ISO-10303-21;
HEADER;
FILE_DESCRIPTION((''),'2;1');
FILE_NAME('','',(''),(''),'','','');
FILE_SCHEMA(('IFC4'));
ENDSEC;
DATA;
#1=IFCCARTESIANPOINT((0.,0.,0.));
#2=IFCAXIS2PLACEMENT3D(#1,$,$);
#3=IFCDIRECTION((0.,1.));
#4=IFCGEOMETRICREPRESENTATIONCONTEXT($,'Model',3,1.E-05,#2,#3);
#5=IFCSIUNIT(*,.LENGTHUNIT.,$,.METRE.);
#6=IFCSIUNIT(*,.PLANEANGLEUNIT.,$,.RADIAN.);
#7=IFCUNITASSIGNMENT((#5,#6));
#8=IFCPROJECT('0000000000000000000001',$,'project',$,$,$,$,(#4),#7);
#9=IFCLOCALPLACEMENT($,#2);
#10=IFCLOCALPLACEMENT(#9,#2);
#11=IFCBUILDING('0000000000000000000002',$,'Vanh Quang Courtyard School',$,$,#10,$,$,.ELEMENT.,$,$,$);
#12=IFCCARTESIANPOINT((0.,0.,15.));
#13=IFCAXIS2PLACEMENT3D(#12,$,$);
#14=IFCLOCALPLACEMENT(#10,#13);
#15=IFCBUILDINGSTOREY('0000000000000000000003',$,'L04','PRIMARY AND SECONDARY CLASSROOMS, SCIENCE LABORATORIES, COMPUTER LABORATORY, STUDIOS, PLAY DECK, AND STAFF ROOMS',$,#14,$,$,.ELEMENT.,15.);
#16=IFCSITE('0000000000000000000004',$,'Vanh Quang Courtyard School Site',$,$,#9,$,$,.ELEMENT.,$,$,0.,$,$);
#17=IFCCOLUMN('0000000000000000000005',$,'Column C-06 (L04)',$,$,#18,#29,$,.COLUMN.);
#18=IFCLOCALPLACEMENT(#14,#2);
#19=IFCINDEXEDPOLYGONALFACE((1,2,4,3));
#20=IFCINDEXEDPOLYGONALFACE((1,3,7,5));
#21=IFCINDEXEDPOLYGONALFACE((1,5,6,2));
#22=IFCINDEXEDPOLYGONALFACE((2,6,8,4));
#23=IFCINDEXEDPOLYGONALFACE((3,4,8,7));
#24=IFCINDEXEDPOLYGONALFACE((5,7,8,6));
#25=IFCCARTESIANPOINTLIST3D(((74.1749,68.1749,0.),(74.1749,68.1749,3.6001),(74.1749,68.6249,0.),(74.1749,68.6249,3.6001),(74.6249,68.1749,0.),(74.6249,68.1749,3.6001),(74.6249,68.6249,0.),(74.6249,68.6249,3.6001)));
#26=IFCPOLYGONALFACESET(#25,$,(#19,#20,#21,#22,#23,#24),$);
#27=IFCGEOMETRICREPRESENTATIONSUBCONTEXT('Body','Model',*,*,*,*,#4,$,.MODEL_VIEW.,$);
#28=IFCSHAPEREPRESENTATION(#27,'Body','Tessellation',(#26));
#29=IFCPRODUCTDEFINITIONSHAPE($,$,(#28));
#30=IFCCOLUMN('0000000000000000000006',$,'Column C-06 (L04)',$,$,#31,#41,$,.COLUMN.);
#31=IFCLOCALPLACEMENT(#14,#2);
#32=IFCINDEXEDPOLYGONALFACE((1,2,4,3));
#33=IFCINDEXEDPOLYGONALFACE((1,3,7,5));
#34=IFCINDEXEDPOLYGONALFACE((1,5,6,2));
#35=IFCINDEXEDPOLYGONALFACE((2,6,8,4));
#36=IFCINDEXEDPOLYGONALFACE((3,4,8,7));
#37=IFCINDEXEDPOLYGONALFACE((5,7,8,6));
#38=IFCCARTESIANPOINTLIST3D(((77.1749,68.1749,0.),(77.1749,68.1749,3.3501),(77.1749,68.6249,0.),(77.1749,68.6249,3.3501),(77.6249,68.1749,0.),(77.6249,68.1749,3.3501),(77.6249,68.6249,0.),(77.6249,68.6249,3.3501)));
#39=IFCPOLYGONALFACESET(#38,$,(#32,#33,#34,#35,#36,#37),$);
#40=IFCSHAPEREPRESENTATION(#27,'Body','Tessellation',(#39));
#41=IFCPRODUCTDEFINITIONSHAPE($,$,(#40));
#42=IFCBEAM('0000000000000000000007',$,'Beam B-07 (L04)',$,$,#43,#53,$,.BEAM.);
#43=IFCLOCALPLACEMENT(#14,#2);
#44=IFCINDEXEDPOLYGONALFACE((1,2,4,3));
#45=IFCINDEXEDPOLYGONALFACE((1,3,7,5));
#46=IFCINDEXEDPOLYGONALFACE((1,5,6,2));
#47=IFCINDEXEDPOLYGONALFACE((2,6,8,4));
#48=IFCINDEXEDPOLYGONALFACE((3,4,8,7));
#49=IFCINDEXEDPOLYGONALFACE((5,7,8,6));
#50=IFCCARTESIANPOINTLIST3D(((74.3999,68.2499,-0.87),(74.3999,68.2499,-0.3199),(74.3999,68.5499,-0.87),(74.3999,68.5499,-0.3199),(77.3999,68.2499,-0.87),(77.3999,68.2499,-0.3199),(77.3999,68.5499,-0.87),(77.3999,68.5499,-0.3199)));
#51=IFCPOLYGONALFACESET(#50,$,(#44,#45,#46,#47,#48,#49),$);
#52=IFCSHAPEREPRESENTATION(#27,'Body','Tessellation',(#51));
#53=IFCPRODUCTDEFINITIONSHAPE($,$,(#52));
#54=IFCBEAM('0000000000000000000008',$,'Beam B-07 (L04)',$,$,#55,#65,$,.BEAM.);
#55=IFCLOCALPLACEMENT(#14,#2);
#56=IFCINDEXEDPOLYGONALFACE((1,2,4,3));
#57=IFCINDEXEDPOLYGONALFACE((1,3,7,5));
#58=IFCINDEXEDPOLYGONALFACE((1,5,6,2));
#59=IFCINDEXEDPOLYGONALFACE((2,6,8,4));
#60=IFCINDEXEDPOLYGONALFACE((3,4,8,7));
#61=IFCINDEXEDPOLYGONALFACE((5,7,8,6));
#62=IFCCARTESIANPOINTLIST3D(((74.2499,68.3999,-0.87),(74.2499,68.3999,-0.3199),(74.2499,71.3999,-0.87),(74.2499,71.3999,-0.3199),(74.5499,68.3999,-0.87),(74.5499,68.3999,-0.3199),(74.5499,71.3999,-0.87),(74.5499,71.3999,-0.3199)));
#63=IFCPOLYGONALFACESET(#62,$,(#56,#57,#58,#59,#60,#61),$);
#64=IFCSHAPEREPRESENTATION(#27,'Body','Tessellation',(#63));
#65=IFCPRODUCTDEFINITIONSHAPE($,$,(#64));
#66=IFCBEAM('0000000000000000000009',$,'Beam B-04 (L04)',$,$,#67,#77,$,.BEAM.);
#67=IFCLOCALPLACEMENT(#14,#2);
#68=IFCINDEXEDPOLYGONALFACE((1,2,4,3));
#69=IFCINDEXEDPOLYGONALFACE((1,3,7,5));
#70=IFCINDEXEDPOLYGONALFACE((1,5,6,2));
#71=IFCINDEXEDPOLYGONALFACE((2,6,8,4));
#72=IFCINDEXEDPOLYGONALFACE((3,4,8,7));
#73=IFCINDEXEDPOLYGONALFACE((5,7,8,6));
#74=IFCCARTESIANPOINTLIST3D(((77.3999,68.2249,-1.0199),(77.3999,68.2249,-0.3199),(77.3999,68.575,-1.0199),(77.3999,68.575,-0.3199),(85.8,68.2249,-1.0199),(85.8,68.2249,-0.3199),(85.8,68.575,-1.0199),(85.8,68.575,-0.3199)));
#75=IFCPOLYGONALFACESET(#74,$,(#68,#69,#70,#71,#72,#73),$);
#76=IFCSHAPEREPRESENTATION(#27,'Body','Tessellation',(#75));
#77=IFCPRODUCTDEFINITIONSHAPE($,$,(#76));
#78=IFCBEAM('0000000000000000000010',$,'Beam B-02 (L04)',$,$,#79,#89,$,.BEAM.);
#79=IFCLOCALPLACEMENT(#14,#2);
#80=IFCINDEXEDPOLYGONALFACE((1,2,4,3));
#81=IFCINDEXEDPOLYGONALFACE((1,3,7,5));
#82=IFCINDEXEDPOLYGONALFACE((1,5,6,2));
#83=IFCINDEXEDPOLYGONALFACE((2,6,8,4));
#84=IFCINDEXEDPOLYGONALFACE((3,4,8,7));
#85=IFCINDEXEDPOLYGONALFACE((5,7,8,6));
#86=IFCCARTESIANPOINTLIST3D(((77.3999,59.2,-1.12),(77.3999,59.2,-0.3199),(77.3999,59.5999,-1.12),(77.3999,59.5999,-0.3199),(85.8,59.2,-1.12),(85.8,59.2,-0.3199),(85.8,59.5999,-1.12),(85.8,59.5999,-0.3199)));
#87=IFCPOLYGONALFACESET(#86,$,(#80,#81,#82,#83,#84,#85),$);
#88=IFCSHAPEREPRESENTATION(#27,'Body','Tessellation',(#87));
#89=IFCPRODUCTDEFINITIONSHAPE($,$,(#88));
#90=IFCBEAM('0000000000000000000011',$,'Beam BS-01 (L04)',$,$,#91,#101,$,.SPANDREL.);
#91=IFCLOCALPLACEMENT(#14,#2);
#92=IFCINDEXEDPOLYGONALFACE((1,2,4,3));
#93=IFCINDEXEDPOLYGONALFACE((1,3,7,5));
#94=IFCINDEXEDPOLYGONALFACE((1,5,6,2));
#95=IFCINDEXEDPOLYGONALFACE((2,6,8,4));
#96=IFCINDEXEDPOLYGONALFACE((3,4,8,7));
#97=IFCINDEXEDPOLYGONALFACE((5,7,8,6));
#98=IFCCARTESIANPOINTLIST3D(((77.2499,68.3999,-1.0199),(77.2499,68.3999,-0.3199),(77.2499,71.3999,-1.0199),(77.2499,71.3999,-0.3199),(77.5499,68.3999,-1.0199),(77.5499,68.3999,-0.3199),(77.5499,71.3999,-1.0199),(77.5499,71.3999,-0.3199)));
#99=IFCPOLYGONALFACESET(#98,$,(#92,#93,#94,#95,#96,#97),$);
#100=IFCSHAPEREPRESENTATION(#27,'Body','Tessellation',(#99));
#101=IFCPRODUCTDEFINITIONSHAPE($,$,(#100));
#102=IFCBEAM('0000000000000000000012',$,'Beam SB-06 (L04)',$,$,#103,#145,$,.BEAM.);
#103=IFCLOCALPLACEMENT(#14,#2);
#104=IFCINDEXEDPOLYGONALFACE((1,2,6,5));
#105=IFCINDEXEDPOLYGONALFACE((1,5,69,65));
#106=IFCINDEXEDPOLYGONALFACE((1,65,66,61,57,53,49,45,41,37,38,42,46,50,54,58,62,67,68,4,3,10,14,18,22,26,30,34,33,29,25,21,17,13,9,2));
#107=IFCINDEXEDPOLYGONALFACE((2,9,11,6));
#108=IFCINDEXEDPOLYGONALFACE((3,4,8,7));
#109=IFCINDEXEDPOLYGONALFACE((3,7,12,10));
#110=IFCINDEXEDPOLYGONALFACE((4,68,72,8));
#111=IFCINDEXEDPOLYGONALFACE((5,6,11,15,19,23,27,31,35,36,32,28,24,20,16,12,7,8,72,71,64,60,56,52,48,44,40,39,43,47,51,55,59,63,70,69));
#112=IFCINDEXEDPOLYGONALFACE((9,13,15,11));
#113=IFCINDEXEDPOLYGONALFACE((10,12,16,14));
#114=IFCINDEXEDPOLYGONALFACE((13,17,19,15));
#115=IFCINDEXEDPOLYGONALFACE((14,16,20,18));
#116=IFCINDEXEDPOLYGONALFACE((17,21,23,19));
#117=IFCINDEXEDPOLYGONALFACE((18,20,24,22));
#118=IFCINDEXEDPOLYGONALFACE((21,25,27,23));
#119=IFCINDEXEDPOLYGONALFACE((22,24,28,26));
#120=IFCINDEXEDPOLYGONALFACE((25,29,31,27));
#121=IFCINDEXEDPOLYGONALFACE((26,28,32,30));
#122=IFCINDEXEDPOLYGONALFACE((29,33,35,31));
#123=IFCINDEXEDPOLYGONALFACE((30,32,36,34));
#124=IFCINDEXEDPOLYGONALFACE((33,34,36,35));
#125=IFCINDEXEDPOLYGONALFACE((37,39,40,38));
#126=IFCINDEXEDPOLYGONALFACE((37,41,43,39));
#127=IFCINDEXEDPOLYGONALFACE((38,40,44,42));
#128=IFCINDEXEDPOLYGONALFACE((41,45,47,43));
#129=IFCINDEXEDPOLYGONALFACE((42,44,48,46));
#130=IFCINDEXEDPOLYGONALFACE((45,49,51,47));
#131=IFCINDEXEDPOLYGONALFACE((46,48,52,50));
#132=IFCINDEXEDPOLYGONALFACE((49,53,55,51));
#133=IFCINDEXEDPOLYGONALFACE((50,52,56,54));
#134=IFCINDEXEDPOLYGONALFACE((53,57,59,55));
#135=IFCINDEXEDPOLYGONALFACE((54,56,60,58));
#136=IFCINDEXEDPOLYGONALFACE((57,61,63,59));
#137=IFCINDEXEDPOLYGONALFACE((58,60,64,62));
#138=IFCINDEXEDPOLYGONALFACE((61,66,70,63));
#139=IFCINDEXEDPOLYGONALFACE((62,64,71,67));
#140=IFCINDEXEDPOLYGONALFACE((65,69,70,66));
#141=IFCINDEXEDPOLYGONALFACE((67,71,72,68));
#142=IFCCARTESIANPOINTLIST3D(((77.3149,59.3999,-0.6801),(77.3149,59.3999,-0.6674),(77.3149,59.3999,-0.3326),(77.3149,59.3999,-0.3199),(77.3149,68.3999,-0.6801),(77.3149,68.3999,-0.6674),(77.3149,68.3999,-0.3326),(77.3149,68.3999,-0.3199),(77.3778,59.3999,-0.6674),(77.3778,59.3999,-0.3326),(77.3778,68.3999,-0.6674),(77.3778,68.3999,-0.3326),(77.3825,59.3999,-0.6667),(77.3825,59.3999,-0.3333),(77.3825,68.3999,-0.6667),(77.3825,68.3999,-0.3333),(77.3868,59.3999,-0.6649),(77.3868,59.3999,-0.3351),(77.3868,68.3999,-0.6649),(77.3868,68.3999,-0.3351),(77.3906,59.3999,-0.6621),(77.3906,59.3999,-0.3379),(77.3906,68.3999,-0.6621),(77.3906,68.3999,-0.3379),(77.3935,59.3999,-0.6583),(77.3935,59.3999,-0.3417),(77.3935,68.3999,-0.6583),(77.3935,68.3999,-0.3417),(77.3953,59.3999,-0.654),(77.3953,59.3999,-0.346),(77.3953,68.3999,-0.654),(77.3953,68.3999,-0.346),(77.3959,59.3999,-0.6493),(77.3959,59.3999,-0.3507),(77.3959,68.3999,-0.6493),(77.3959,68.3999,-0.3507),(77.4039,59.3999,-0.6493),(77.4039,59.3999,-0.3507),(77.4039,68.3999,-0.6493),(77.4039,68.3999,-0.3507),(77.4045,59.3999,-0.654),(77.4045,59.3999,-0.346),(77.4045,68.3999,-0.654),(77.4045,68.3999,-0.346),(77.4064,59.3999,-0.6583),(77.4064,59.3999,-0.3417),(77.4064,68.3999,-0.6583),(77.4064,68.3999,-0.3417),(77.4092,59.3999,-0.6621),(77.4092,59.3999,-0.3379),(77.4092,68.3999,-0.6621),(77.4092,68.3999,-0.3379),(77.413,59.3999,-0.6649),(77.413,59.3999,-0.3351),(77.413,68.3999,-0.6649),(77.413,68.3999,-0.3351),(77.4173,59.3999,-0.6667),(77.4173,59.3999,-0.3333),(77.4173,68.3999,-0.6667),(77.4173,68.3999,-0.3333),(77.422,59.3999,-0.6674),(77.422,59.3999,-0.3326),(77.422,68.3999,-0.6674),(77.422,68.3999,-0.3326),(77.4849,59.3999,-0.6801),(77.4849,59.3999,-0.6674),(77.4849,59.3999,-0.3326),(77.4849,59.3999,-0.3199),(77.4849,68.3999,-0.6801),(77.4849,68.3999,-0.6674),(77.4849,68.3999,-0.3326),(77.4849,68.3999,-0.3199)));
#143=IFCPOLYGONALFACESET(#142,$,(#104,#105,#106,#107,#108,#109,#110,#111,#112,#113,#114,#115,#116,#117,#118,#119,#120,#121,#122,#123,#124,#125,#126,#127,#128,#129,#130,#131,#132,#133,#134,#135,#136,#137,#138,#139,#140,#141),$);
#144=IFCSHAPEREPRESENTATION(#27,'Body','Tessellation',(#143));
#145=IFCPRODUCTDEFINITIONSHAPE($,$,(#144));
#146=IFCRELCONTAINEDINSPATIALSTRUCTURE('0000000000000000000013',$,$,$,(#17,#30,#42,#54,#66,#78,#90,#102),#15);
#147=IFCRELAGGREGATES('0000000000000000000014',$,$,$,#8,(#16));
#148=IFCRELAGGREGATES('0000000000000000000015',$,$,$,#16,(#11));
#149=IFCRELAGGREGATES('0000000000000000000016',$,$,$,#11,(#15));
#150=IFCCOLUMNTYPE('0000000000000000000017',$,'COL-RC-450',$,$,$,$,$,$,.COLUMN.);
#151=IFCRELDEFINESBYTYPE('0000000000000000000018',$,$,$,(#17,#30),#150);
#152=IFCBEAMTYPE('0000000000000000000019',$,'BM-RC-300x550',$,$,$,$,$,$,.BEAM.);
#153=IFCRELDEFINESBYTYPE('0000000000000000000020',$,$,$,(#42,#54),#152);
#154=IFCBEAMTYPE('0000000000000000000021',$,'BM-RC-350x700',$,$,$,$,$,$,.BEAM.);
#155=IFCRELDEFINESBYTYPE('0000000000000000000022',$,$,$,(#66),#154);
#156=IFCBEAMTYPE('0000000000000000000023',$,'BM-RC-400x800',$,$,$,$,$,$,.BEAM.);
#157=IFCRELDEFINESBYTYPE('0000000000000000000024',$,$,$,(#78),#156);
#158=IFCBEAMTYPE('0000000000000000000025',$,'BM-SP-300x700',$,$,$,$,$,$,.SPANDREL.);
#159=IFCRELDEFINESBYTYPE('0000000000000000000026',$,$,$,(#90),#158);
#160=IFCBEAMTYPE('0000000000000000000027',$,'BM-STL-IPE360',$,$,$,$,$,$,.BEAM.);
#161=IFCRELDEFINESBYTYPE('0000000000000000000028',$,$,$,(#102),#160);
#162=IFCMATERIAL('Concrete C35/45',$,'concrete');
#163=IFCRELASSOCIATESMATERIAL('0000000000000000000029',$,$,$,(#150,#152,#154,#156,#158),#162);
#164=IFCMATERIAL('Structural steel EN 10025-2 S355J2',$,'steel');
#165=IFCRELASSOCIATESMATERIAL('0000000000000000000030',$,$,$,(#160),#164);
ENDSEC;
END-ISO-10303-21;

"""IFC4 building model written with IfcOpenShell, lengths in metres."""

from ifc_helpers import new_model, si_unit, direction, frame, origin, origin_2d, place, context, subcontext, project, spatial, rectangle, i_section, extrude, material, material_profile, profile_set, type_object, element, save


model = new_model("IFC4")

# Units and contexts
model_context = context("Model", 3, precision=1e-05, world=origin(), true_north=direction((0.0, 1.0)))
body_context = subcontext(model_context, "Body", "Model", "MODEL_VIEW")
ifc_project = project(units=[si_unit("LENGTHUNIT", "METRE"), si_unit("PLANEANGLEUNIT", "RADIAN")], contexts=[model_context])

# Site, building, storey
site_placement = place(None, origin())
site = spatial("IfcSite", under=ifc_project, at=site_placement, Name="Vanh Quang Courtyard School Site", CompositionType="ELEMENT", RefElevation=0.0)
building_placement = place(site_placement, origin())
building = spatial("IfcBuilding", under=site, at=building_placement, Name="Vanh Quang Courtyard School", CompositionType="ELEMENT")
storey_placement = place(building_placement, frame((0.0, 0.0, 15.0)))
storey = spatial("IfcBuildingStorey", under=building, at=storey_placement, Name="L04", Description="PRIMARY AND SECONDARY CLASSROOMS, SCIENCE LABORATORIES, COMPUTER LABORATORY, STUDIOS, PLAY DECK, AND STAFF ROOMS", CompositionType="ELEMENT", Elevation=15.0)

# Columns
ifc_material_1 = material(Name="Concrete C35/45", Category="concrete")
ifc_material_profile_1 = material_profile(ifc_material_1, rectangle(XDim=0.45, YDim=0.45, at=origin_2d()), Name="RC-COL 450x450")
ifc_profile_set_1 = profile_set([ifc_material_profile_1], Name="Concrete C35/45")
column_type = type_object("IfcColumnType", Name="COL-RC-450", PredefinedType="COLUMN", material=ifc_profile_set_1)
column_1_placement = place(storey_placement, frame((74.3999, 68.3999, 0.0), z_axis=(0.0, 0.0, 1.0), x_axis=(1.0, 0.0, 0.0)))
element("IfcColumn", 1, at=column_1_placement, inside=storey, type_object=column_type, Name="Column C-06 (L04)", PredefinedType="COLUMN", context=body_context, shape_type="SweptSolid", body=[
    extrude(rectangle(XDim=0.45, YDim=0.45, at=origin_2d()), origin(), (0.0, 0.0, 1.0), 3.6001),
])
column_2_placement = place(storey_placement, frame((77.3999, 68.3999, 0.0), z_axis=(0.0, 0.0, 1.0), x_axis=(1.0, 0.0, 0.0)))
element("IfcColumn", 2, at=column_2_placement, inside=storey, type_object=column_type, Name="Column C-06 (L04)", PredefinedType="COLUMN", context=body_context, shape_type="SweptSolid", body=[
    extrude(rectangle(XDim=0.45, YDim=0.45, at=origin_2d()), origin(), (0.0, 0.0, 1.0), 3.3501),
])

# Beams
ifc_material_profile_2 = material_profile(ifc_material_1, rectangle(XDim=0.3, YDim=0.55, at=origin_2d()), Name="RC-BM 300x550")
ifc_profile_set_2 = profile_set([ifc_material_profile_2], Name="Concrete C35/45")
beam_type_1 = type_object("IfcBeamType", Name="BM-RC-300x550", PredefinedType="BEAM", material=ifc_profile_set_2)
for number, where, z_axis, x_axis, name in (
    (3, (74.3999, 68.3999, -0.595), (1.0, 0.0, 0.0), (0.0, 1.0, 0.0), "Beam B-07 (L04)"),
    (4, (74.3999, 68.3999, -0.595), (0.0, 1.0, 0.0), (-1.0, 0.0, 0.0), "Beam B-07 (L04)"),
):
    element("IfcBeam", number, at=place(storey_placement, frame(where, z_axis=z_axis, x_axis=x_axis)), inside=storey, type_object=beam_type_1, Name=name, PredefinedType="BEAM", context=body_context, shape_type="SweptSolid", body=[
        extrude(rectangle(XDim=0.3, YDim=0.55, at=origin_2d()), origin(), (0.0, 0.0, 1.0), 3.0),
    ])
ifc_material_profile_3 = material_profile(ifc_material_1, rectangle(XDim=0.3501, YDim=0.7, at=origin_2d()), Name="RC-BM 350x700")
ifc_profile_set_3 = profile_set([ifc_material_profile_3], Name="Concrete C35/45")
beam_type_2 = type_object("IfcBeamType", Name="BM-RC-350x700", PredefinedType="BEAM", material=ifc_profile_set_3)
beam_1_placement = place(storey_placement, frame((77.3999, 68.3999, -0.6699), z_axis=(1.0, 0.0, 0.0), x_axis=(0.0, 1.0, 0.0)))
element("IfcBeam", 5, at=beam_1_placement, inside=storey, type_object=beam_type_2, Name="Beam B-04 (L04)", PredefinedType="BEAM", context=body_context, shape_type="SweptSolid", body=[
    extrude(rectangle(XDim=0.3501, YDim=0.7, at=origin_2d()), origin(), (0.0, 0.0, 1.0), 8.4001),
])
ifc_material_profile_4 = material_profile(ifc_material_1, rectangle(XDim=0.3999, YDim=0.8, at=origin_2d()), Name="RC-BM 400x800")
ifc_profile_set_4 = profile_set([ifc_material_profile_4], Name="Concrete C35/45")
beam_type_3 = type_object("IfcBeamType", Name="BM-RC-400x800", PredefinedType="BEAM", material=ifc_profile_set_4)
beam_2_placement = place(storey_placement, frame((77.3999, 59.3999, -0.72), z_axis=(1.0, 0.0, 0.0), x_axis=(0.0, 1.0, 0.0)))
element("IfcBeam", 6, at=beam_2_placement, inside=storey, type_object=beam_type_3, Name="Beam B-02 (L04)", PredefinedType="BEAM", context=body_context, shape_type="SweptSolid", body=[
    extrude(rectangle(XDim=0.3999, YDim=0.8, at=origin_2d()), origin(), (0.0, 0.0, 1.0), 8.4001),
])
ifc_material_profile_5 = material_profile(ifc_material_1, rectangle(XDim=0.3, YDim=0.7, at=origin_2d()), Name="RC-SP 300x700")
ifc_profile_set_5 = profile_set([ifc_material_profile_5], Name="Concrete C35/45")
beam_type_4 = type_object("IfcBeamType", Name="BM-SP-300x700", PredefinedType="SPANDREL", material=ifc_profile_set_5)
beam_3_placement = place(storey_placement, frame((77.3999, 68.3999, -0.6699), z_axis=(0.0, 1.0, 0.0), x_axis=(-1.0, 0.0, 0.0)))
element("IfcBeam", 7, at=beam_3_placement, inside=storey, type_object=beam_type_4, Name="Beam BS-01 (L04)", PredefinedType="SPANDREL", context=body_context, shape_type="SweptSolid", body=[
    extrude(rectangle(XDim=0.3, YDim=0.7, at=origin_2d()), origin(), (0.0, 0.0, 1.0), 3.0),
])
ifc_material_2 = material(Name="Structural steel EN 10025-2 S355J2", Category="steel")
ifc_material_profile_6 = material_profile(ifc_material_2, i_section(OverallWidth=0.1699, OverallDepth=0.3601, WebThickness=0.0081, FlangeThickness=0.0127, FilletRadius=0.0181, at=origin_2d()), Name="IPE 360")
ifc_profile_set_6 = profile_set([ifc_material_profile_6], Name="Structural steel EN 10025-2 S355J2")
beam_type_5 = type_object("IfcBeamType", Name="BM-STL-IPE360", PredefinedType="BEAM", material=ifc_profile_set_6)
beam_4_placement = place(storey_placement, frame((77.3999, 59.3999, -0.5), z_axis=(0.0, 1.0, 0.0), x_axis=(-1.0, 0.0, 0.0)))
element("IfcBeam", 8, at=beam_4_placement, inside=storey, type_object=beam_type_5, Name="Beam SB-06 (L04)", PredefinedType="BEAM", context=body_context, shape_type="SweptSolid", body=[
    extrude(i_section(OverallWidth=0.1699, OverallDepth=0.3601, WebThickness=0.0081, FlangeThickness=0.0127, FilletRadius=0.0181, at=origin_2d()), origin(), (0.0, 0.0, 1.0), 9.0),
])

save(model, "model.ifc")
